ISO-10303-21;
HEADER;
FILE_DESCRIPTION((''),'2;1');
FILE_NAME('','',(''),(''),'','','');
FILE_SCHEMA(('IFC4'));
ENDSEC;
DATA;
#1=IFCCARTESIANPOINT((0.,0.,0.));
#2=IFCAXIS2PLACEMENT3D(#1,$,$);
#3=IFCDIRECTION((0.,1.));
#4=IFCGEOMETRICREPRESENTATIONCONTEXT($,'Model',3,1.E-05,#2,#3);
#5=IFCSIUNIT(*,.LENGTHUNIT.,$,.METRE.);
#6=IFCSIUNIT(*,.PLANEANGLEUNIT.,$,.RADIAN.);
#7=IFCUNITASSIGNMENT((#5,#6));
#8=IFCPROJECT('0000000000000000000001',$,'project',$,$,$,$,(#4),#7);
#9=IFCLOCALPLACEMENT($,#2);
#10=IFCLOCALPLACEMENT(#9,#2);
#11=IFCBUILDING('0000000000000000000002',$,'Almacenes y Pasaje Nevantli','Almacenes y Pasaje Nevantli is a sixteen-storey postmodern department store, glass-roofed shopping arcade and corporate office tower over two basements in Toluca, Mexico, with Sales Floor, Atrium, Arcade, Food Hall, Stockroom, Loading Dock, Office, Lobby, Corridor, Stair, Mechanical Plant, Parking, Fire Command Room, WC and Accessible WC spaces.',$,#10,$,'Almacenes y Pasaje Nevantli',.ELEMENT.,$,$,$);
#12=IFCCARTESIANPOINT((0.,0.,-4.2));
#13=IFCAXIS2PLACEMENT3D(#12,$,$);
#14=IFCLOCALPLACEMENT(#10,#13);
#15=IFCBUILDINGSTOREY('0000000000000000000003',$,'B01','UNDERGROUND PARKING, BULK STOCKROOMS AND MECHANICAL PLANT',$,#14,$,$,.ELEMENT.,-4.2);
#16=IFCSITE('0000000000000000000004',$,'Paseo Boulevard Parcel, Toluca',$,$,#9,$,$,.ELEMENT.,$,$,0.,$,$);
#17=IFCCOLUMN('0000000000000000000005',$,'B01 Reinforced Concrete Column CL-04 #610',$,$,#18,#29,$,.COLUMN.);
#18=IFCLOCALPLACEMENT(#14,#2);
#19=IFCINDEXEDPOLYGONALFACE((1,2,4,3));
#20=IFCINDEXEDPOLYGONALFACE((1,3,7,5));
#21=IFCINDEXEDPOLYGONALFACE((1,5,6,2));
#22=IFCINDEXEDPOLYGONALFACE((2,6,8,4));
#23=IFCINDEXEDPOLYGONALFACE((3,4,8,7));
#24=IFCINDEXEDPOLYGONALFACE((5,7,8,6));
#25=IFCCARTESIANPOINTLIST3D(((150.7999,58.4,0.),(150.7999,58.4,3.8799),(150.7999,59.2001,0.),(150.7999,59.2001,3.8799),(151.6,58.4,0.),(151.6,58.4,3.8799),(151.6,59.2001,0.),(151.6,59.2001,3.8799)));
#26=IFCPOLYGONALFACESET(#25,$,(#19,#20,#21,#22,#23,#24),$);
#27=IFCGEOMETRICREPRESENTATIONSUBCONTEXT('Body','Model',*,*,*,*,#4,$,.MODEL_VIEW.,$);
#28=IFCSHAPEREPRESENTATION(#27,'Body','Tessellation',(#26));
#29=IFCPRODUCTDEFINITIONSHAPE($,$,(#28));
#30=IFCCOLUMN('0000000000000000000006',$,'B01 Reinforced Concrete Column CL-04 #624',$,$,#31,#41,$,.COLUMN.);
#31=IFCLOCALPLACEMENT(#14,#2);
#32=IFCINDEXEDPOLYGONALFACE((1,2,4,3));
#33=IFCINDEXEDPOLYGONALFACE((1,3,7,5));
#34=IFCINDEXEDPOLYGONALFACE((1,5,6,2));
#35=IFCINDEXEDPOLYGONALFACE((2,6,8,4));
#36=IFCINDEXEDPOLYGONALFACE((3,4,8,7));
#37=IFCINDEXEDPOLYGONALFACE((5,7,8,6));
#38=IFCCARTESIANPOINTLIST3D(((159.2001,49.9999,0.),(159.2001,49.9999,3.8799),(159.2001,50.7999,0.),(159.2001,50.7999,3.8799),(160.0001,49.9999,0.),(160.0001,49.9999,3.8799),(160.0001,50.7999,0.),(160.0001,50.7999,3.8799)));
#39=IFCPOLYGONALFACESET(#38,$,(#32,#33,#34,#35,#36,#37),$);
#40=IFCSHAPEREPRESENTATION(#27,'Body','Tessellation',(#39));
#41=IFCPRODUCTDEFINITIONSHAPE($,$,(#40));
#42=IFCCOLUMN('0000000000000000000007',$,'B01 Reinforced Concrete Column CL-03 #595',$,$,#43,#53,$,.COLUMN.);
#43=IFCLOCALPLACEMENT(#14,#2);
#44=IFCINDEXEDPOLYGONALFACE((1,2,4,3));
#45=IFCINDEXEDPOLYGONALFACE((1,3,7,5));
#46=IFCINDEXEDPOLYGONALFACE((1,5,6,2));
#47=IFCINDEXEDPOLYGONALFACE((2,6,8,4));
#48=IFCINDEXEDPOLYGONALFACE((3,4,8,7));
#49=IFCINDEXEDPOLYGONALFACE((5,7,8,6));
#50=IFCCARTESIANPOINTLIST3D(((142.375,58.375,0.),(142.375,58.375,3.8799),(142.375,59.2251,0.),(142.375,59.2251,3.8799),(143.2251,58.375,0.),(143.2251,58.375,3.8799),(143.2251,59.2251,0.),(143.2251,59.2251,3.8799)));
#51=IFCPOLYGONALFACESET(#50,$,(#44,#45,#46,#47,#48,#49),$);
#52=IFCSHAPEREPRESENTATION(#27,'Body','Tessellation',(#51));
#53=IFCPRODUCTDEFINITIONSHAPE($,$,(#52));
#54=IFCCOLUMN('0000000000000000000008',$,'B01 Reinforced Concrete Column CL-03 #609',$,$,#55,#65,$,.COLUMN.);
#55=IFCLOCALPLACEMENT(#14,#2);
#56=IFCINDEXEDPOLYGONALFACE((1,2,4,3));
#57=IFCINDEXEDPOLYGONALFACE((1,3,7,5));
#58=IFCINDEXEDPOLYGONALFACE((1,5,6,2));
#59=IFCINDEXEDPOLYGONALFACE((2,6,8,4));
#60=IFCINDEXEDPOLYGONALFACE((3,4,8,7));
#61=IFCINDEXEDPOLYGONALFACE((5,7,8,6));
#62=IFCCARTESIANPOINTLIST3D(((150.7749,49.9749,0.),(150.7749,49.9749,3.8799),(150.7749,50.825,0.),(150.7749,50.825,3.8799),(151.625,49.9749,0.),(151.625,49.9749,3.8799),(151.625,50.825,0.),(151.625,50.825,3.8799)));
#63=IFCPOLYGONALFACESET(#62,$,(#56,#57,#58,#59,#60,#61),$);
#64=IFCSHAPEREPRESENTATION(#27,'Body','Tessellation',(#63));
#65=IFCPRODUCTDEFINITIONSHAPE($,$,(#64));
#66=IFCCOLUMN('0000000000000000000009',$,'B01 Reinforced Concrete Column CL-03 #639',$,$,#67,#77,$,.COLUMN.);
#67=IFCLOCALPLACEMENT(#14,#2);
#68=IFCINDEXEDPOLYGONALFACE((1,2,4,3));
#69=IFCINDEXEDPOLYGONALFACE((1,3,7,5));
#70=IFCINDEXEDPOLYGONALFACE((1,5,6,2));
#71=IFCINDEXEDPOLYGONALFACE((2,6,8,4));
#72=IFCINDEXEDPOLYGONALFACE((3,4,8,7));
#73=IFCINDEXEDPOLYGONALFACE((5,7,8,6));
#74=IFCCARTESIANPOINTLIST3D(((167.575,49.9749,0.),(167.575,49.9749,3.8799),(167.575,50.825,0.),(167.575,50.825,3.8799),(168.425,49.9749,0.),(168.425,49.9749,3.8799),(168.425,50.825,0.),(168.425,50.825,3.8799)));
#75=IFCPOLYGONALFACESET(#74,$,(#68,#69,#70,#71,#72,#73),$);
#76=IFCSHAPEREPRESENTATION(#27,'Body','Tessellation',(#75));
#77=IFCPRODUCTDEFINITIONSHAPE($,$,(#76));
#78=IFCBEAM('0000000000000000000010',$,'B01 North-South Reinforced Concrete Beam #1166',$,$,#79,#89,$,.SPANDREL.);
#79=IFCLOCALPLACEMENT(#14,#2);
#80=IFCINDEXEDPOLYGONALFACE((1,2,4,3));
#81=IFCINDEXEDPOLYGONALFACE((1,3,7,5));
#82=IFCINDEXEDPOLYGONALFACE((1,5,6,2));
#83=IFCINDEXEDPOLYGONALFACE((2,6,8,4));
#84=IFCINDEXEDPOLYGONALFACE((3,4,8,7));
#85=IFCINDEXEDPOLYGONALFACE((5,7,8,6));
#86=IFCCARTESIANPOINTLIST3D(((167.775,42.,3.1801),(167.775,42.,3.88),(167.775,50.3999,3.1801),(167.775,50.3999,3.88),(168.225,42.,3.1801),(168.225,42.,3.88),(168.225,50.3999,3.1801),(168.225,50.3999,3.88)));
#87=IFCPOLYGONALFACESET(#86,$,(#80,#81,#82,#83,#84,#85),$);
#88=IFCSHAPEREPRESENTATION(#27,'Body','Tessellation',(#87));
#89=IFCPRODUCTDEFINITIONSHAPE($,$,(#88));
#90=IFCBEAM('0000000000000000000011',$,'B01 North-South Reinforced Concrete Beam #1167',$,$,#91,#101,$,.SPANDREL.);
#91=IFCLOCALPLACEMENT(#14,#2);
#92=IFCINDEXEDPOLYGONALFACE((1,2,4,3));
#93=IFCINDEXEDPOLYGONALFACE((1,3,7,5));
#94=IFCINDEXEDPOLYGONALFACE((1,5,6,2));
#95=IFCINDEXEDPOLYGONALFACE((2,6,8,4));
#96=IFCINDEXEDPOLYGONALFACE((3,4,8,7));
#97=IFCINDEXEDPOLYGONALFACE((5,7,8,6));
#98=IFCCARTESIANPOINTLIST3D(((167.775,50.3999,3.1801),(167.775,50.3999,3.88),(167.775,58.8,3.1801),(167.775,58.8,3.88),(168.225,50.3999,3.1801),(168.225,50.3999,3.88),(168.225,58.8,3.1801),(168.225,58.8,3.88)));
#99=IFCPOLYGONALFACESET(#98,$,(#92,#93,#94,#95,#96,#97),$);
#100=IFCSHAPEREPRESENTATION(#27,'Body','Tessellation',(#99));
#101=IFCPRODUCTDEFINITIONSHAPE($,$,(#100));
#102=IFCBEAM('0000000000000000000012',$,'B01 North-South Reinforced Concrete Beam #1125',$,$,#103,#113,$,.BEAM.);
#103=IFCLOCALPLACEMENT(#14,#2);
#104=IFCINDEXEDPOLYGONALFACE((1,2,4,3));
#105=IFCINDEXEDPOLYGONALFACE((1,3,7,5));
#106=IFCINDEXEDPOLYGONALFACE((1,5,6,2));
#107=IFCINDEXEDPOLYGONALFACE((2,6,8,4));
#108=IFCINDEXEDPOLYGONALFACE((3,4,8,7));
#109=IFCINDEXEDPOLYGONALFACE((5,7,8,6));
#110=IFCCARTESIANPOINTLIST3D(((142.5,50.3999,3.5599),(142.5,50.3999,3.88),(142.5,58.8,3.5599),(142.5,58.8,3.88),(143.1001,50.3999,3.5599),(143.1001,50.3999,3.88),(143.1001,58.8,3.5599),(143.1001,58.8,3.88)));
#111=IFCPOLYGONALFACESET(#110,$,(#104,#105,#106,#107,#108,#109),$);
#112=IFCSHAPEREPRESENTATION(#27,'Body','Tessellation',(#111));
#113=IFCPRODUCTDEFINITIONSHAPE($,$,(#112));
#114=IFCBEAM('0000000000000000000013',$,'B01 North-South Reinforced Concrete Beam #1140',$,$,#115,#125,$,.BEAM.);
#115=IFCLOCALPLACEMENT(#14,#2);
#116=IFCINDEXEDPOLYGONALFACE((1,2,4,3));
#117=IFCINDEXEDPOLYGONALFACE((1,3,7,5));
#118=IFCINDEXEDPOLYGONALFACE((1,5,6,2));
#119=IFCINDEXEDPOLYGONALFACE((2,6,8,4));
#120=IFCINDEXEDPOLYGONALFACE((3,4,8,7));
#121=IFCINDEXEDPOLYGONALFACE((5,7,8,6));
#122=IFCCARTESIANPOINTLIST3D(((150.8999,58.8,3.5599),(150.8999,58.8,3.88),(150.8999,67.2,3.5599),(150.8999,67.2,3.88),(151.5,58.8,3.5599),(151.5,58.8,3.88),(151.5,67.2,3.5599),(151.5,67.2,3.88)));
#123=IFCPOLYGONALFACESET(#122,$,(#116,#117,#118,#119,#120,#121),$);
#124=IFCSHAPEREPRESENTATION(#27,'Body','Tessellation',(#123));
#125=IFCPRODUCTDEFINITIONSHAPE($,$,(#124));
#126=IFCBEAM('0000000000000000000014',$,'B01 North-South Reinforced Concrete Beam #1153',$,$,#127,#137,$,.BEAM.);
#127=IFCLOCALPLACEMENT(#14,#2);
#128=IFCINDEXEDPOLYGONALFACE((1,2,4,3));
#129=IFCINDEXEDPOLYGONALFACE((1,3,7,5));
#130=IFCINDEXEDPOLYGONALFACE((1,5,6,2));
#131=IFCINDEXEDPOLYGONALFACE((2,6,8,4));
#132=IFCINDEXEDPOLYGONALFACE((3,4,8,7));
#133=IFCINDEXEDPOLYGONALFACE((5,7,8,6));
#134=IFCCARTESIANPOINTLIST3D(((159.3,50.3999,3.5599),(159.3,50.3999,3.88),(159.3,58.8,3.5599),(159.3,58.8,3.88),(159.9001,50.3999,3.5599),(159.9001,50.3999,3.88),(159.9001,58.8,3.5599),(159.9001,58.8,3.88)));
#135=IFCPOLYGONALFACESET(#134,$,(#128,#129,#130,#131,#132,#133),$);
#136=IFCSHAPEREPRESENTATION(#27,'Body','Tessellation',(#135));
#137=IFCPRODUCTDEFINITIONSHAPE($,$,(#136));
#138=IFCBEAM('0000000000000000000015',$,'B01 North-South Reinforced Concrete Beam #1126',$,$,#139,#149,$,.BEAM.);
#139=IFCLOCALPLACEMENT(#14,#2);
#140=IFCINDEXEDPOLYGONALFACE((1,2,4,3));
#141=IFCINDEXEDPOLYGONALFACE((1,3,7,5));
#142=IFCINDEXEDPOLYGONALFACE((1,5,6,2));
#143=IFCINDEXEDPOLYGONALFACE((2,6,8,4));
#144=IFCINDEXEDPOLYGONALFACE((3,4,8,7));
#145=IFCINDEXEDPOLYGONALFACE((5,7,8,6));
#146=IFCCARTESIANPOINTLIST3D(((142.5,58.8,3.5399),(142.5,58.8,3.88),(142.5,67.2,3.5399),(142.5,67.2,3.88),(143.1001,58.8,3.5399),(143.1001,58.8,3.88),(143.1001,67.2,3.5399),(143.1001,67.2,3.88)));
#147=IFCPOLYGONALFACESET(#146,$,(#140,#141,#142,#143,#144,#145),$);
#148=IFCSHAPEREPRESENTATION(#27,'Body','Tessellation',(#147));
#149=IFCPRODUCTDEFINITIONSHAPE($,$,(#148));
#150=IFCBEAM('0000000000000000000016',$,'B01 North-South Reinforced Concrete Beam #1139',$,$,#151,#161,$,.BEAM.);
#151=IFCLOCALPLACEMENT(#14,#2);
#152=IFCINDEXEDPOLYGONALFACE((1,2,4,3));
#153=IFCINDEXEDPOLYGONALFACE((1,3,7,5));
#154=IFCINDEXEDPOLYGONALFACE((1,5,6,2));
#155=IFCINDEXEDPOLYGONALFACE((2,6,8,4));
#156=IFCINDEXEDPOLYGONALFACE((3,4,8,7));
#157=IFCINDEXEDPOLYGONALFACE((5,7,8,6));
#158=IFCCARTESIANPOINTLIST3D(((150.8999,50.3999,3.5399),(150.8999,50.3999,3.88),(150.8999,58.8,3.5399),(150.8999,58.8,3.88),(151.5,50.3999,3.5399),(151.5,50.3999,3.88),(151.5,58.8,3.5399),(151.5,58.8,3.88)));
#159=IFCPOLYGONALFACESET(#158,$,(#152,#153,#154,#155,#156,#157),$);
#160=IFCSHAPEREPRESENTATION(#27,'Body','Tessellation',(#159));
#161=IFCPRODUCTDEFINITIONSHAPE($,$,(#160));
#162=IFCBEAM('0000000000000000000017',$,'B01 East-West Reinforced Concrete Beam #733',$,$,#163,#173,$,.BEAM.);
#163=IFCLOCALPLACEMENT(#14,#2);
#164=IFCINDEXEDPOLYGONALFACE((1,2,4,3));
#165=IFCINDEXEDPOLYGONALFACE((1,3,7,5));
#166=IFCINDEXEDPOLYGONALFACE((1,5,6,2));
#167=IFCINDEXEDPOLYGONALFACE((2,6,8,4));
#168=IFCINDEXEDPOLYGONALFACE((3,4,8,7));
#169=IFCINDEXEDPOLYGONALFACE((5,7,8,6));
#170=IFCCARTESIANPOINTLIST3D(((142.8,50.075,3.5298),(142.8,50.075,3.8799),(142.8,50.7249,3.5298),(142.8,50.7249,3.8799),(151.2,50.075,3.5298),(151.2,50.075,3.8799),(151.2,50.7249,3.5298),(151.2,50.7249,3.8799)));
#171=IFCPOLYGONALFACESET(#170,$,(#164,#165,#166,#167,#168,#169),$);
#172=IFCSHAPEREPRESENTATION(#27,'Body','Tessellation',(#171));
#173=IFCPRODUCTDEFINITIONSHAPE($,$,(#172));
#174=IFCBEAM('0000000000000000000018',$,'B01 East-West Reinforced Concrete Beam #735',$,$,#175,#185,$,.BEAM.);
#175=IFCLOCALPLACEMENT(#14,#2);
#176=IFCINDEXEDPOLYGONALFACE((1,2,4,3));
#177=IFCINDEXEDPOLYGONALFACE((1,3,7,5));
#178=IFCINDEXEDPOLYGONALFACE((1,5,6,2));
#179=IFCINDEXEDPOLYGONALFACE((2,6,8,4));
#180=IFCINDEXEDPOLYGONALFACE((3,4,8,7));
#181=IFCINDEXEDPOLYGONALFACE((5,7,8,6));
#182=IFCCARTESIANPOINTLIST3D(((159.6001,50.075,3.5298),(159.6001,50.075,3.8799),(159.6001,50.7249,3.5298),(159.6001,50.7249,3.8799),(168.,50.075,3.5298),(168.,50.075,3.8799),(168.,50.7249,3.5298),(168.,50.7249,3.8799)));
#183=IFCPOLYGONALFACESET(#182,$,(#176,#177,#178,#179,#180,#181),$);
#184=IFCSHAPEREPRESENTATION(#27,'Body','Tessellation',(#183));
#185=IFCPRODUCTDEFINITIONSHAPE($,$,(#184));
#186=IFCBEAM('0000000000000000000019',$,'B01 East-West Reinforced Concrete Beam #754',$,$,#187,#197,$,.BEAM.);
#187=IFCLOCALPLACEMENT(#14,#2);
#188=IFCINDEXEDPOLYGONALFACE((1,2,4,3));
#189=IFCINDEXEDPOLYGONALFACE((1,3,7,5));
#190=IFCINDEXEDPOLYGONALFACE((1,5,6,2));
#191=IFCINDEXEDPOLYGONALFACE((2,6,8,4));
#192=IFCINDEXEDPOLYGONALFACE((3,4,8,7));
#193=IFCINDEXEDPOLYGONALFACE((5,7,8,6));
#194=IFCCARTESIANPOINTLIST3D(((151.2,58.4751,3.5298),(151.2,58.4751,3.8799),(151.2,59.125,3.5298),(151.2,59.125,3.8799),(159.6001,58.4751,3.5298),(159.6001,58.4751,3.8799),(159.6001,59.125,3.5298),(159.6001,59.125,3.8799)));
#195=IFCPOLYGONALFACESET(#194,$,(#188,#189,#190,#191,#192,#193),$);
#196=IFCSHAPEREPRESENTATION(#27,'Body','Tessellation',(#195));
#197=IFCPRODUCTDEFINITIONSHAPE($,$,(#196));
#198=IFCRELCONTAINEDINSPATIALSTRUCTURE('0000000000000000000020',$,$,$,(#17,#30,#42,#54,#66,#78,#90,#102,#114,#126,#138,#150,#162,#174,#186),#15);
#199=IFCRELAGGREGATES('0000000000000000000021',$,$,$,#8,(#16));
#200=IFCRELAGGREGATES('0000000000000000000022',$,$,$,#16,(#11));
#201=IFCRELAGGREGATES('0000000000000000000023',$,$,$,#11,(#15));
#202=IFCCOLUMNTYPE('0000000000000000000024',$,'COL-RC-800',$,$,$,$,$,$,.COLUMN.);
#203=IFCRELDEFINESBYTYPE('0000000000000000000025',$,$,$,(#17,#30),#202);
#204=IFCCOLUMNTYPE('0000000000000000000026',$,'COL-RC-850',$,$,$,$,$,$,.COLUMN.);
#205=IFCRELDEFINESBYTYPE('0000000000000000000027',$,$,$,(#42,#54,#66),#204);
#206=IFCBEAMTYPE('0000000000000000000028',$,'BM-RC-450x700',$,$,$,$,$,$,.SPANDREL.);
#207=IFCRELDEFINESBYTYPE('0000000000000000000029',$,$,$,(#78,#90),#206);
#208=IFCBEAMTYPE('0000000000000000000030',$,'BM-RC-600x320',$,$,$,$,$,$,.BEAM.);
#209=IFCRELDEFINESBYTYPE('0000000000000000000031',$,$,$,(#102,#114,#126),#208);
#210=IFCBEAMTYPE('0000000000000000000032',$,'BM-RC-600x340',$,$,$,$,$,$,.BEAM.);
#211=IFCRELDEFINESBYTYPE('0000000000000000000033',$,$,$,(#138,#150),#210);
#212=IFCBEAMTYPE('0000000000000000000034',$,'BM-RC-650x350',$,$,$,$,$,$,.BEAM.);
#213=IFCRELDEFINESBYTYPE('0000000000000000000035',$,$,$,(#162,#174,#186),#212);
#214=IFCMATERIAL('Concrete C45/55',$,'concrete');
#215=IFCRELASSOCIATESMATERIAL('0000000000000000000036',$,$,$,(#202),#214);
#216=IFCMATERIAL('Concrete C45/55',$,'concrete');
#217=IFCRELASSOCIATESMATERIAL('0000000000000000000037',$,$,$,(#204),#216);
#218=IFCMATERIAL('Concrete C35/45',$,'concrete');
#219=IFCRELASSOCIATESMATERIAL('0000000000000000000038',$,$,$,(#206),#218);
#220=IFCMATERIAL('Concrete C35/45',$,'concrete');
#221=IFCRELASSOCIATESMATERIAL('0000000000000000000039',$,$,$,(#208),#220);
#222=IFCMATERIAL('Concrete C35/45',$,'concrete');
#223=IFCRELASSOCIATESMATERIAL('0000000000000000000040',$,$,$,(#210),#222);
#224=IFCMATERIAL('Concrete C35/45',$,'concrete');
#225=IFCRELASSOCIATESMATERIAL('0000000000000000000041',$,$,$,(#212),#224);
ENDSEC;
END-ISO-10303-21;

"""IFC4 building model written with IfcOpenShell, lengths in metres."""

from ifc_helpers import new_model, si_unit, direction, frame, origin, origin_2d, place, context, subcontext, project, spatial, rectangle, extrude, material, material_profile, profile_set, type_object, element, save


model = new_model("IFC4")

# Units and contexts
model_context = context("Model", 3, precision=1e-05, world=origin(), true_north=direction((0.0, 1.0)))
body_context = subcontext(model_context, "Body", "Model", "MODEL_VIEW")
ifc_project = project(units=[si_unit("LENGTHUNIT", "METRE"), si_unit("PLANEANGLEUNIT", "RADIAN")], contexts=[model_context])

# Site, building, storey
site_placement = place(None, origin())
site = spatial("IfcSite", under=ifc_project, at=site_placement, Name="Paseo Boulevard Parcel, Toluca", CompositionType="ELEMENT", RefElevation=0.0)
building_placement = place(site_placement, origin())
building = spatial("IfcBuilding", under=site, at=building_placement, Name="Almacenes y Pasaje Nevantli", Description="Almacenes y Pasaje Nevantli is a sixteen-storey postmodern department store, glass-roofed shopping arcade and corporate office tower over two basements in Toluca, Mexico, with Sales Floor, Atrium, Arcade, Food Hall, Stockroom, Loading Dock, Office, Lobby, Corridor, Stair, Mechanical Plant, Parking, Fire Command Room, WC and Accessible WC spaces.", LongName="Almacenes y Pasaje Nevantli", CompositionType="ELEMENT")
storey_placement = place(building_placement, frame((0.0, 0.0, -4.2)))
storey = spatial("IfcBuildingStorey", under=building, at=storey_placement, Name="B01", Description="UNDERGROUND PARKING, BULK STOCKROOMS AND MECHANICAL PLANT", CompositionType="ELEMENT", Elevation=-4.2)

# Columns
ifc_material_1 = material(Name="Concrete C45/55", Category="concrete")
ifc_material_profile_1 = material_profile(ifc_material_1, rectangle(XDim=0.8, YDim=0.8, at=origin_2d()), Name="RC-COL-800x800")
ifc_profile_set_1 = profile_set([ifc_material_profile_1], Name="Concrete C45/55")
column_type_1 = type_object("IfcColumnType", Name="COL-RC-800", PredefinedType="COLUMN", material=ifc_profile_set_1)
for number, where, z_axis, x_axis, name in (
    (1, (151.2, 58.8, 0.0), (0.0, 0.0, 1.0), (1.0, 0.0, 0.0), "B01 Reinforced Concrete Column CL-04 #610"),
    (2, (159.6001, 50.3999, 0.0), (0.0, 0.0, 1.0), (1.0, 0.0, 0.0), "B01 Reinforced Concrete Column CL-04 #624"),
):
    element("IfcColumn", number, at=place(storey_placement, frame(where, z_axis=z_axis, x_axis=x_axis)), inside=storey, type_object=column_type_1, Name=name, PredefinedType="COLUMN", context=body_context, shape_type="SweptSolid", body=[
        extrude(rectangle(XDim=0.8, YDim=0.8, at=origin_2d()), origin(), (0.0, 0.0, 1.0), 3.8799),
    ])
ifc_material_2 = material(Name="Concrete C45/55", Category="concrete")
ifc_material_profile_2 = material_profile(ifc_material_2, rectangle(XDim=0.8501, YDim=0.8501, at=origin_2d()), Name="RC-COL-850x850")
ifc_profile_set_2 = profile_set([ifc_material_profile_2], Name="Concrete C45/55")
column_type_2 = type_object("IfcColumnType", Name="COL-RC-850", PredefinedType="COLUMN", material=ifc_profile_set_2)
for number, where, z_axis, x_axis, name in (
    (3, (142.8, 58.8, 0.0), (0.0, 0.0, 1.0), (1.0, 0.0, 0.0), "B01 Reinforced Concrete Column CL-03 #595"),
    (4, (151.2, 50.3999, 0.0), (0.0, 0.0, 1.0), (1.0, 0.0, 0.0), "B01 Reinforced Concrete Column CL-03 #609"),
    (5, (168.0, 50.3999, 0.0), (0.0, 0.0, 1.0), (1.0, 0.0, 0.0), "B01 Reinforced Concrete Column CL-03 #639"),
):
    element("IfcColumn", number, at=place(storey_placement, frame(where, z_axis=z_axis, x_axis=x_axis)), inside=storey, type_object=column_type_2, Name=name, PredefinedType="COLUMN", context=body_context, shape_type="SweptSolid", body=[
        extrude(rectangle(XDim=0.8501, YDim=0.8501, at=origin_2d()), origin(), (0.0, 0.0, 1.0), 3.8799),
    ])

# Beams
ifc_material_3 = material(Name="Concrete C35/45", Category="concrete")
ifc_material_profile_3 = material_profile(ifc_material_3, rectangle(XDim=0.45, YDim=0.7, at=origin_2d()), Name="RC-BM-450x700")
ifc_profile_set_3 = profile_set([ifc_material_profile_3], Name="Concrete C35/45")
beam_type_1 = type_object("IfcBeamType", Name="BM-RC-450x700", PredefinedType="SPANDREL", material=ifc_profile_set_3)
beam_1_placement = place(storey_placement, frame((168.0, 42.0, 3.53), z_axis=(0.0, 1.0, 0.0), x_axis=(-1.0, 0.0, 0.0)))
element("IfcBeam", 6, at=beam_1_placement, inside=storey, type_object=beam_type_1, Name="B01 North-South Reinforced Concrete Beam #1166", PredefinedType="SPANDREL", context=body_context, shape_type="SweptSolid", body=[
    extrude(rectangle(XDim=0.45, YDim=0.7, at=origin_2d()), origin(), (0.0, 0.0, 1.0), 8.3999),
])
beam_2_placement = place(storey_placement, frame((168.0, 50.3999, 3.53), z_axis=(0.0, 1.0, 0.0), x_axis=(-1.0, 0.0, 0.0)))
element("IfcBeam", 7, at=beam_2_placement, inside=storey, type_object=beam_type_1, Name="B01 North-South Reinforced Concrete Beam #1167", PredefinedType="SPANDREL", context=body_context, shape_type="SweptSolid", body=[
    extrude(rectangle(XDim=0.45, YDim=0.7, at=origin_2d()), origin(), (0.0, 0.0, 1.0), 8.4001),
])
ifc_material_4 = material(Name="Concrete C35/45", Category="concrete")
ifc_material_profile_4 = material_profile(ifc_material_4, rectangle(XDim=0.6001, YDim=0.3201, at=origin_2d()), Name="RC-BM-600x320")
ifc_profile_set_4 = profile_set([ifc_material_profile_4], Name="Concrete C35/45")
beam_type_2 = type_object("IfcBeamType", Name="BM-RC-600x320", PredefinedType="BEAM", material=ifc_profile_set_4)
beam_3_placement = place(storey_placement, frame((142.8, 50.3999, 3.72), z_axis=(0.0, 1.0, 0.0), x_axis=(-1.0, 0.0, 0.0)))
element("IfcBeam", 8, at=beam_3_placement, inside=storey, type_object=beam_type_2, Name="B01 North-South Reinforced Concrete Beam #1125", PredefinedType="BEAM", context=body_context, shape_type="SweptSolid", body=[
    extrude(rectangle(XDim=0.6001, YDim=0.3201, at=origin_2d()), origin(), (0.0, 0.0, 1.0), 8.4001),
])
beam_4_placement = place(storey_placement, frame((151.2, 58.8, 3.72), z_axis=(0.0, 1.0, 0.0), x_axis=(-1.0, 0.0, 0.0)))
element("IfcBeam", 9, at=beam_4_placement, inside=storey, type_object=beam_type_2, Name="B01 North-South Reinforced Concrete Beam #1140", PredefinedType="BEAM", context=body_context, shape_type="SweptSolid", body=[
    extrude(rectangle(XDim=0.6001, YDim=0.3201, at=origin_2d()), origin(), (0.0, 0.0, 1.0), 8.3999),
])
beam_5_placement = place(storey_placement, frame((159.6001, 50.3999, 3.72), z_axis=(0.0, 1.0, 0.0), x_axis=(-1.0, 0.0, 0.0)))
element("IfcBeam", 10, at=beam_5_placement, inside=storey, type_object=beam_type_2, Name="B01 North-South Reinforced Concrete Beam #1153", PredefinedType="BEAM", context=body_context, shape_type="SweptSolid", body=[
    extrude(rectangle(XDim=0.6001, YDim=0.3201, at=origin_2d()), origin(), (0.0, 0.0, 1.0), 8.4001),
])
ifc_material_5 = material(Name="Concrete C35/45", Category="concrete")
ifc_material_profile_5 = material_profile(ifc_material_5, rectangle(XDim=0.6001, YDim=0.3401, at=origin_2d()), Name="RC-BM-600x340")
ifc_profile_set_5 = profile_set([ifc_material_profile_5], Name="Concrete C35/45")
beam_type_3 = type_object("IfcBeamType", Name="BM-RC-600x340", PredefinedType="BEAM", material=ifc_profile_set_5)
beam_6_placement = place(storey_placement, frame((142.8, 58.8, 3.71), z_axis=(0.0, 1.0, 0.0), x_axis=(-1.0, 0.0, 0.0)))
element("IfcBeam", 11, at=beam_6_placement, inside=storey, type_object=beam_type_3, Name="B01 North-South Reinforced Concrete Beam #1126", PredefinedType="BEAM", context=body_context, shape_type="SweptSolid", body=[
    extrude(rectangle(XDim=0.6001, YDim=0.3401, at=origin_2d()), origin(), (0.0, 0.0, 1.0), 8.3999),
])
beam_7_placement = place(storey_placement, frame((151.2, 50.3999, 3.71), z_axis=(0.0, 1.0, 0.0), x_axis=(-1.0, 0.0, 0.0)))
element("IfcBeam", 12, at=beam_7_placement, inside=storey, type_object=beam_type_3, Name="B01 North-South Reinforced Concrete Beam #1139", PredefinedType="BEAM", context=body_context, shape_type="SweptSolid", body=[
    extrude(rectangle(XDim=0.6001, YDim=0.3401, at=origin_2d()), origin(), (0.0, 0.0, 1.0), 8.4001),
])
ifc_material_6 = material(Name="Concrete C35/45", Category="concrete")
ifc_material_profile_6 = material_profile(ifc_material_6, rectangle(XDim=0.6499, YDim=0.3501, at=origin_2d()), Name="RC-BM-650x350")
ifc_profile_set_6 = profile_set([ifc_material_profile_6], Name="Concrete C35/45")
beam_type_4 = type_object("IfcBeamType", Name="BM-RC-650x350", PredefinedType="BEAM", material=ifc_profile_set_6)
for number, where, z_axis, x_axis, name in (
    (13, (142.8, 50.3999, 3.7048), (1.0, 0.0, 0.0), (0.0, 1.0, 0.0), "B01 East-West Reinforced Concrete Beam #733"),
    (14, (159.6001, 50.3999, 3.7048), (1.0, 0.0, 0.0), (0.0, 1.0, 0.0), "B01 East-West Reinforced Concrete Beam #735"),
):
    element("IfcBeam", number, at=place(storey_placement, frame(where, z_axis=z_axis, x_axis=x_axis)), inside=storey, type_object=beam_type_4, Name=name, PredefinedType="BEAM", context=body_context, shape_type="SweptSolid", body=[
        extrude(rectangle(XDim=0.6499, YDim=0.3501, at=origin_2d()), origin(), (0.0, 0.0, 1.0), 8.3999),
    ])
beam_8_placement = place(storey_placement, frame((151.2, 58.8, 3.7048), z_axis=(1.0, 0.0, 0.0), x_axis=(0.0, 1.0, 0.0)))
element("IfcBeam", 15, at=beam_8_placement, inside=storey, type_object=beam_type_4, Name="B01 East-West Reinforced Concrete Beam #754", PredefinedType="BEAM", context=body_context, shape_type="SweptSolid", body=[
    extrude(rectangle(XDim=0.6499, YDim=0.3501, at=origin_2d()), origin(), (0.0, 0.0, 1.0), 8.4001),
])

save(model, "model.ifc")
